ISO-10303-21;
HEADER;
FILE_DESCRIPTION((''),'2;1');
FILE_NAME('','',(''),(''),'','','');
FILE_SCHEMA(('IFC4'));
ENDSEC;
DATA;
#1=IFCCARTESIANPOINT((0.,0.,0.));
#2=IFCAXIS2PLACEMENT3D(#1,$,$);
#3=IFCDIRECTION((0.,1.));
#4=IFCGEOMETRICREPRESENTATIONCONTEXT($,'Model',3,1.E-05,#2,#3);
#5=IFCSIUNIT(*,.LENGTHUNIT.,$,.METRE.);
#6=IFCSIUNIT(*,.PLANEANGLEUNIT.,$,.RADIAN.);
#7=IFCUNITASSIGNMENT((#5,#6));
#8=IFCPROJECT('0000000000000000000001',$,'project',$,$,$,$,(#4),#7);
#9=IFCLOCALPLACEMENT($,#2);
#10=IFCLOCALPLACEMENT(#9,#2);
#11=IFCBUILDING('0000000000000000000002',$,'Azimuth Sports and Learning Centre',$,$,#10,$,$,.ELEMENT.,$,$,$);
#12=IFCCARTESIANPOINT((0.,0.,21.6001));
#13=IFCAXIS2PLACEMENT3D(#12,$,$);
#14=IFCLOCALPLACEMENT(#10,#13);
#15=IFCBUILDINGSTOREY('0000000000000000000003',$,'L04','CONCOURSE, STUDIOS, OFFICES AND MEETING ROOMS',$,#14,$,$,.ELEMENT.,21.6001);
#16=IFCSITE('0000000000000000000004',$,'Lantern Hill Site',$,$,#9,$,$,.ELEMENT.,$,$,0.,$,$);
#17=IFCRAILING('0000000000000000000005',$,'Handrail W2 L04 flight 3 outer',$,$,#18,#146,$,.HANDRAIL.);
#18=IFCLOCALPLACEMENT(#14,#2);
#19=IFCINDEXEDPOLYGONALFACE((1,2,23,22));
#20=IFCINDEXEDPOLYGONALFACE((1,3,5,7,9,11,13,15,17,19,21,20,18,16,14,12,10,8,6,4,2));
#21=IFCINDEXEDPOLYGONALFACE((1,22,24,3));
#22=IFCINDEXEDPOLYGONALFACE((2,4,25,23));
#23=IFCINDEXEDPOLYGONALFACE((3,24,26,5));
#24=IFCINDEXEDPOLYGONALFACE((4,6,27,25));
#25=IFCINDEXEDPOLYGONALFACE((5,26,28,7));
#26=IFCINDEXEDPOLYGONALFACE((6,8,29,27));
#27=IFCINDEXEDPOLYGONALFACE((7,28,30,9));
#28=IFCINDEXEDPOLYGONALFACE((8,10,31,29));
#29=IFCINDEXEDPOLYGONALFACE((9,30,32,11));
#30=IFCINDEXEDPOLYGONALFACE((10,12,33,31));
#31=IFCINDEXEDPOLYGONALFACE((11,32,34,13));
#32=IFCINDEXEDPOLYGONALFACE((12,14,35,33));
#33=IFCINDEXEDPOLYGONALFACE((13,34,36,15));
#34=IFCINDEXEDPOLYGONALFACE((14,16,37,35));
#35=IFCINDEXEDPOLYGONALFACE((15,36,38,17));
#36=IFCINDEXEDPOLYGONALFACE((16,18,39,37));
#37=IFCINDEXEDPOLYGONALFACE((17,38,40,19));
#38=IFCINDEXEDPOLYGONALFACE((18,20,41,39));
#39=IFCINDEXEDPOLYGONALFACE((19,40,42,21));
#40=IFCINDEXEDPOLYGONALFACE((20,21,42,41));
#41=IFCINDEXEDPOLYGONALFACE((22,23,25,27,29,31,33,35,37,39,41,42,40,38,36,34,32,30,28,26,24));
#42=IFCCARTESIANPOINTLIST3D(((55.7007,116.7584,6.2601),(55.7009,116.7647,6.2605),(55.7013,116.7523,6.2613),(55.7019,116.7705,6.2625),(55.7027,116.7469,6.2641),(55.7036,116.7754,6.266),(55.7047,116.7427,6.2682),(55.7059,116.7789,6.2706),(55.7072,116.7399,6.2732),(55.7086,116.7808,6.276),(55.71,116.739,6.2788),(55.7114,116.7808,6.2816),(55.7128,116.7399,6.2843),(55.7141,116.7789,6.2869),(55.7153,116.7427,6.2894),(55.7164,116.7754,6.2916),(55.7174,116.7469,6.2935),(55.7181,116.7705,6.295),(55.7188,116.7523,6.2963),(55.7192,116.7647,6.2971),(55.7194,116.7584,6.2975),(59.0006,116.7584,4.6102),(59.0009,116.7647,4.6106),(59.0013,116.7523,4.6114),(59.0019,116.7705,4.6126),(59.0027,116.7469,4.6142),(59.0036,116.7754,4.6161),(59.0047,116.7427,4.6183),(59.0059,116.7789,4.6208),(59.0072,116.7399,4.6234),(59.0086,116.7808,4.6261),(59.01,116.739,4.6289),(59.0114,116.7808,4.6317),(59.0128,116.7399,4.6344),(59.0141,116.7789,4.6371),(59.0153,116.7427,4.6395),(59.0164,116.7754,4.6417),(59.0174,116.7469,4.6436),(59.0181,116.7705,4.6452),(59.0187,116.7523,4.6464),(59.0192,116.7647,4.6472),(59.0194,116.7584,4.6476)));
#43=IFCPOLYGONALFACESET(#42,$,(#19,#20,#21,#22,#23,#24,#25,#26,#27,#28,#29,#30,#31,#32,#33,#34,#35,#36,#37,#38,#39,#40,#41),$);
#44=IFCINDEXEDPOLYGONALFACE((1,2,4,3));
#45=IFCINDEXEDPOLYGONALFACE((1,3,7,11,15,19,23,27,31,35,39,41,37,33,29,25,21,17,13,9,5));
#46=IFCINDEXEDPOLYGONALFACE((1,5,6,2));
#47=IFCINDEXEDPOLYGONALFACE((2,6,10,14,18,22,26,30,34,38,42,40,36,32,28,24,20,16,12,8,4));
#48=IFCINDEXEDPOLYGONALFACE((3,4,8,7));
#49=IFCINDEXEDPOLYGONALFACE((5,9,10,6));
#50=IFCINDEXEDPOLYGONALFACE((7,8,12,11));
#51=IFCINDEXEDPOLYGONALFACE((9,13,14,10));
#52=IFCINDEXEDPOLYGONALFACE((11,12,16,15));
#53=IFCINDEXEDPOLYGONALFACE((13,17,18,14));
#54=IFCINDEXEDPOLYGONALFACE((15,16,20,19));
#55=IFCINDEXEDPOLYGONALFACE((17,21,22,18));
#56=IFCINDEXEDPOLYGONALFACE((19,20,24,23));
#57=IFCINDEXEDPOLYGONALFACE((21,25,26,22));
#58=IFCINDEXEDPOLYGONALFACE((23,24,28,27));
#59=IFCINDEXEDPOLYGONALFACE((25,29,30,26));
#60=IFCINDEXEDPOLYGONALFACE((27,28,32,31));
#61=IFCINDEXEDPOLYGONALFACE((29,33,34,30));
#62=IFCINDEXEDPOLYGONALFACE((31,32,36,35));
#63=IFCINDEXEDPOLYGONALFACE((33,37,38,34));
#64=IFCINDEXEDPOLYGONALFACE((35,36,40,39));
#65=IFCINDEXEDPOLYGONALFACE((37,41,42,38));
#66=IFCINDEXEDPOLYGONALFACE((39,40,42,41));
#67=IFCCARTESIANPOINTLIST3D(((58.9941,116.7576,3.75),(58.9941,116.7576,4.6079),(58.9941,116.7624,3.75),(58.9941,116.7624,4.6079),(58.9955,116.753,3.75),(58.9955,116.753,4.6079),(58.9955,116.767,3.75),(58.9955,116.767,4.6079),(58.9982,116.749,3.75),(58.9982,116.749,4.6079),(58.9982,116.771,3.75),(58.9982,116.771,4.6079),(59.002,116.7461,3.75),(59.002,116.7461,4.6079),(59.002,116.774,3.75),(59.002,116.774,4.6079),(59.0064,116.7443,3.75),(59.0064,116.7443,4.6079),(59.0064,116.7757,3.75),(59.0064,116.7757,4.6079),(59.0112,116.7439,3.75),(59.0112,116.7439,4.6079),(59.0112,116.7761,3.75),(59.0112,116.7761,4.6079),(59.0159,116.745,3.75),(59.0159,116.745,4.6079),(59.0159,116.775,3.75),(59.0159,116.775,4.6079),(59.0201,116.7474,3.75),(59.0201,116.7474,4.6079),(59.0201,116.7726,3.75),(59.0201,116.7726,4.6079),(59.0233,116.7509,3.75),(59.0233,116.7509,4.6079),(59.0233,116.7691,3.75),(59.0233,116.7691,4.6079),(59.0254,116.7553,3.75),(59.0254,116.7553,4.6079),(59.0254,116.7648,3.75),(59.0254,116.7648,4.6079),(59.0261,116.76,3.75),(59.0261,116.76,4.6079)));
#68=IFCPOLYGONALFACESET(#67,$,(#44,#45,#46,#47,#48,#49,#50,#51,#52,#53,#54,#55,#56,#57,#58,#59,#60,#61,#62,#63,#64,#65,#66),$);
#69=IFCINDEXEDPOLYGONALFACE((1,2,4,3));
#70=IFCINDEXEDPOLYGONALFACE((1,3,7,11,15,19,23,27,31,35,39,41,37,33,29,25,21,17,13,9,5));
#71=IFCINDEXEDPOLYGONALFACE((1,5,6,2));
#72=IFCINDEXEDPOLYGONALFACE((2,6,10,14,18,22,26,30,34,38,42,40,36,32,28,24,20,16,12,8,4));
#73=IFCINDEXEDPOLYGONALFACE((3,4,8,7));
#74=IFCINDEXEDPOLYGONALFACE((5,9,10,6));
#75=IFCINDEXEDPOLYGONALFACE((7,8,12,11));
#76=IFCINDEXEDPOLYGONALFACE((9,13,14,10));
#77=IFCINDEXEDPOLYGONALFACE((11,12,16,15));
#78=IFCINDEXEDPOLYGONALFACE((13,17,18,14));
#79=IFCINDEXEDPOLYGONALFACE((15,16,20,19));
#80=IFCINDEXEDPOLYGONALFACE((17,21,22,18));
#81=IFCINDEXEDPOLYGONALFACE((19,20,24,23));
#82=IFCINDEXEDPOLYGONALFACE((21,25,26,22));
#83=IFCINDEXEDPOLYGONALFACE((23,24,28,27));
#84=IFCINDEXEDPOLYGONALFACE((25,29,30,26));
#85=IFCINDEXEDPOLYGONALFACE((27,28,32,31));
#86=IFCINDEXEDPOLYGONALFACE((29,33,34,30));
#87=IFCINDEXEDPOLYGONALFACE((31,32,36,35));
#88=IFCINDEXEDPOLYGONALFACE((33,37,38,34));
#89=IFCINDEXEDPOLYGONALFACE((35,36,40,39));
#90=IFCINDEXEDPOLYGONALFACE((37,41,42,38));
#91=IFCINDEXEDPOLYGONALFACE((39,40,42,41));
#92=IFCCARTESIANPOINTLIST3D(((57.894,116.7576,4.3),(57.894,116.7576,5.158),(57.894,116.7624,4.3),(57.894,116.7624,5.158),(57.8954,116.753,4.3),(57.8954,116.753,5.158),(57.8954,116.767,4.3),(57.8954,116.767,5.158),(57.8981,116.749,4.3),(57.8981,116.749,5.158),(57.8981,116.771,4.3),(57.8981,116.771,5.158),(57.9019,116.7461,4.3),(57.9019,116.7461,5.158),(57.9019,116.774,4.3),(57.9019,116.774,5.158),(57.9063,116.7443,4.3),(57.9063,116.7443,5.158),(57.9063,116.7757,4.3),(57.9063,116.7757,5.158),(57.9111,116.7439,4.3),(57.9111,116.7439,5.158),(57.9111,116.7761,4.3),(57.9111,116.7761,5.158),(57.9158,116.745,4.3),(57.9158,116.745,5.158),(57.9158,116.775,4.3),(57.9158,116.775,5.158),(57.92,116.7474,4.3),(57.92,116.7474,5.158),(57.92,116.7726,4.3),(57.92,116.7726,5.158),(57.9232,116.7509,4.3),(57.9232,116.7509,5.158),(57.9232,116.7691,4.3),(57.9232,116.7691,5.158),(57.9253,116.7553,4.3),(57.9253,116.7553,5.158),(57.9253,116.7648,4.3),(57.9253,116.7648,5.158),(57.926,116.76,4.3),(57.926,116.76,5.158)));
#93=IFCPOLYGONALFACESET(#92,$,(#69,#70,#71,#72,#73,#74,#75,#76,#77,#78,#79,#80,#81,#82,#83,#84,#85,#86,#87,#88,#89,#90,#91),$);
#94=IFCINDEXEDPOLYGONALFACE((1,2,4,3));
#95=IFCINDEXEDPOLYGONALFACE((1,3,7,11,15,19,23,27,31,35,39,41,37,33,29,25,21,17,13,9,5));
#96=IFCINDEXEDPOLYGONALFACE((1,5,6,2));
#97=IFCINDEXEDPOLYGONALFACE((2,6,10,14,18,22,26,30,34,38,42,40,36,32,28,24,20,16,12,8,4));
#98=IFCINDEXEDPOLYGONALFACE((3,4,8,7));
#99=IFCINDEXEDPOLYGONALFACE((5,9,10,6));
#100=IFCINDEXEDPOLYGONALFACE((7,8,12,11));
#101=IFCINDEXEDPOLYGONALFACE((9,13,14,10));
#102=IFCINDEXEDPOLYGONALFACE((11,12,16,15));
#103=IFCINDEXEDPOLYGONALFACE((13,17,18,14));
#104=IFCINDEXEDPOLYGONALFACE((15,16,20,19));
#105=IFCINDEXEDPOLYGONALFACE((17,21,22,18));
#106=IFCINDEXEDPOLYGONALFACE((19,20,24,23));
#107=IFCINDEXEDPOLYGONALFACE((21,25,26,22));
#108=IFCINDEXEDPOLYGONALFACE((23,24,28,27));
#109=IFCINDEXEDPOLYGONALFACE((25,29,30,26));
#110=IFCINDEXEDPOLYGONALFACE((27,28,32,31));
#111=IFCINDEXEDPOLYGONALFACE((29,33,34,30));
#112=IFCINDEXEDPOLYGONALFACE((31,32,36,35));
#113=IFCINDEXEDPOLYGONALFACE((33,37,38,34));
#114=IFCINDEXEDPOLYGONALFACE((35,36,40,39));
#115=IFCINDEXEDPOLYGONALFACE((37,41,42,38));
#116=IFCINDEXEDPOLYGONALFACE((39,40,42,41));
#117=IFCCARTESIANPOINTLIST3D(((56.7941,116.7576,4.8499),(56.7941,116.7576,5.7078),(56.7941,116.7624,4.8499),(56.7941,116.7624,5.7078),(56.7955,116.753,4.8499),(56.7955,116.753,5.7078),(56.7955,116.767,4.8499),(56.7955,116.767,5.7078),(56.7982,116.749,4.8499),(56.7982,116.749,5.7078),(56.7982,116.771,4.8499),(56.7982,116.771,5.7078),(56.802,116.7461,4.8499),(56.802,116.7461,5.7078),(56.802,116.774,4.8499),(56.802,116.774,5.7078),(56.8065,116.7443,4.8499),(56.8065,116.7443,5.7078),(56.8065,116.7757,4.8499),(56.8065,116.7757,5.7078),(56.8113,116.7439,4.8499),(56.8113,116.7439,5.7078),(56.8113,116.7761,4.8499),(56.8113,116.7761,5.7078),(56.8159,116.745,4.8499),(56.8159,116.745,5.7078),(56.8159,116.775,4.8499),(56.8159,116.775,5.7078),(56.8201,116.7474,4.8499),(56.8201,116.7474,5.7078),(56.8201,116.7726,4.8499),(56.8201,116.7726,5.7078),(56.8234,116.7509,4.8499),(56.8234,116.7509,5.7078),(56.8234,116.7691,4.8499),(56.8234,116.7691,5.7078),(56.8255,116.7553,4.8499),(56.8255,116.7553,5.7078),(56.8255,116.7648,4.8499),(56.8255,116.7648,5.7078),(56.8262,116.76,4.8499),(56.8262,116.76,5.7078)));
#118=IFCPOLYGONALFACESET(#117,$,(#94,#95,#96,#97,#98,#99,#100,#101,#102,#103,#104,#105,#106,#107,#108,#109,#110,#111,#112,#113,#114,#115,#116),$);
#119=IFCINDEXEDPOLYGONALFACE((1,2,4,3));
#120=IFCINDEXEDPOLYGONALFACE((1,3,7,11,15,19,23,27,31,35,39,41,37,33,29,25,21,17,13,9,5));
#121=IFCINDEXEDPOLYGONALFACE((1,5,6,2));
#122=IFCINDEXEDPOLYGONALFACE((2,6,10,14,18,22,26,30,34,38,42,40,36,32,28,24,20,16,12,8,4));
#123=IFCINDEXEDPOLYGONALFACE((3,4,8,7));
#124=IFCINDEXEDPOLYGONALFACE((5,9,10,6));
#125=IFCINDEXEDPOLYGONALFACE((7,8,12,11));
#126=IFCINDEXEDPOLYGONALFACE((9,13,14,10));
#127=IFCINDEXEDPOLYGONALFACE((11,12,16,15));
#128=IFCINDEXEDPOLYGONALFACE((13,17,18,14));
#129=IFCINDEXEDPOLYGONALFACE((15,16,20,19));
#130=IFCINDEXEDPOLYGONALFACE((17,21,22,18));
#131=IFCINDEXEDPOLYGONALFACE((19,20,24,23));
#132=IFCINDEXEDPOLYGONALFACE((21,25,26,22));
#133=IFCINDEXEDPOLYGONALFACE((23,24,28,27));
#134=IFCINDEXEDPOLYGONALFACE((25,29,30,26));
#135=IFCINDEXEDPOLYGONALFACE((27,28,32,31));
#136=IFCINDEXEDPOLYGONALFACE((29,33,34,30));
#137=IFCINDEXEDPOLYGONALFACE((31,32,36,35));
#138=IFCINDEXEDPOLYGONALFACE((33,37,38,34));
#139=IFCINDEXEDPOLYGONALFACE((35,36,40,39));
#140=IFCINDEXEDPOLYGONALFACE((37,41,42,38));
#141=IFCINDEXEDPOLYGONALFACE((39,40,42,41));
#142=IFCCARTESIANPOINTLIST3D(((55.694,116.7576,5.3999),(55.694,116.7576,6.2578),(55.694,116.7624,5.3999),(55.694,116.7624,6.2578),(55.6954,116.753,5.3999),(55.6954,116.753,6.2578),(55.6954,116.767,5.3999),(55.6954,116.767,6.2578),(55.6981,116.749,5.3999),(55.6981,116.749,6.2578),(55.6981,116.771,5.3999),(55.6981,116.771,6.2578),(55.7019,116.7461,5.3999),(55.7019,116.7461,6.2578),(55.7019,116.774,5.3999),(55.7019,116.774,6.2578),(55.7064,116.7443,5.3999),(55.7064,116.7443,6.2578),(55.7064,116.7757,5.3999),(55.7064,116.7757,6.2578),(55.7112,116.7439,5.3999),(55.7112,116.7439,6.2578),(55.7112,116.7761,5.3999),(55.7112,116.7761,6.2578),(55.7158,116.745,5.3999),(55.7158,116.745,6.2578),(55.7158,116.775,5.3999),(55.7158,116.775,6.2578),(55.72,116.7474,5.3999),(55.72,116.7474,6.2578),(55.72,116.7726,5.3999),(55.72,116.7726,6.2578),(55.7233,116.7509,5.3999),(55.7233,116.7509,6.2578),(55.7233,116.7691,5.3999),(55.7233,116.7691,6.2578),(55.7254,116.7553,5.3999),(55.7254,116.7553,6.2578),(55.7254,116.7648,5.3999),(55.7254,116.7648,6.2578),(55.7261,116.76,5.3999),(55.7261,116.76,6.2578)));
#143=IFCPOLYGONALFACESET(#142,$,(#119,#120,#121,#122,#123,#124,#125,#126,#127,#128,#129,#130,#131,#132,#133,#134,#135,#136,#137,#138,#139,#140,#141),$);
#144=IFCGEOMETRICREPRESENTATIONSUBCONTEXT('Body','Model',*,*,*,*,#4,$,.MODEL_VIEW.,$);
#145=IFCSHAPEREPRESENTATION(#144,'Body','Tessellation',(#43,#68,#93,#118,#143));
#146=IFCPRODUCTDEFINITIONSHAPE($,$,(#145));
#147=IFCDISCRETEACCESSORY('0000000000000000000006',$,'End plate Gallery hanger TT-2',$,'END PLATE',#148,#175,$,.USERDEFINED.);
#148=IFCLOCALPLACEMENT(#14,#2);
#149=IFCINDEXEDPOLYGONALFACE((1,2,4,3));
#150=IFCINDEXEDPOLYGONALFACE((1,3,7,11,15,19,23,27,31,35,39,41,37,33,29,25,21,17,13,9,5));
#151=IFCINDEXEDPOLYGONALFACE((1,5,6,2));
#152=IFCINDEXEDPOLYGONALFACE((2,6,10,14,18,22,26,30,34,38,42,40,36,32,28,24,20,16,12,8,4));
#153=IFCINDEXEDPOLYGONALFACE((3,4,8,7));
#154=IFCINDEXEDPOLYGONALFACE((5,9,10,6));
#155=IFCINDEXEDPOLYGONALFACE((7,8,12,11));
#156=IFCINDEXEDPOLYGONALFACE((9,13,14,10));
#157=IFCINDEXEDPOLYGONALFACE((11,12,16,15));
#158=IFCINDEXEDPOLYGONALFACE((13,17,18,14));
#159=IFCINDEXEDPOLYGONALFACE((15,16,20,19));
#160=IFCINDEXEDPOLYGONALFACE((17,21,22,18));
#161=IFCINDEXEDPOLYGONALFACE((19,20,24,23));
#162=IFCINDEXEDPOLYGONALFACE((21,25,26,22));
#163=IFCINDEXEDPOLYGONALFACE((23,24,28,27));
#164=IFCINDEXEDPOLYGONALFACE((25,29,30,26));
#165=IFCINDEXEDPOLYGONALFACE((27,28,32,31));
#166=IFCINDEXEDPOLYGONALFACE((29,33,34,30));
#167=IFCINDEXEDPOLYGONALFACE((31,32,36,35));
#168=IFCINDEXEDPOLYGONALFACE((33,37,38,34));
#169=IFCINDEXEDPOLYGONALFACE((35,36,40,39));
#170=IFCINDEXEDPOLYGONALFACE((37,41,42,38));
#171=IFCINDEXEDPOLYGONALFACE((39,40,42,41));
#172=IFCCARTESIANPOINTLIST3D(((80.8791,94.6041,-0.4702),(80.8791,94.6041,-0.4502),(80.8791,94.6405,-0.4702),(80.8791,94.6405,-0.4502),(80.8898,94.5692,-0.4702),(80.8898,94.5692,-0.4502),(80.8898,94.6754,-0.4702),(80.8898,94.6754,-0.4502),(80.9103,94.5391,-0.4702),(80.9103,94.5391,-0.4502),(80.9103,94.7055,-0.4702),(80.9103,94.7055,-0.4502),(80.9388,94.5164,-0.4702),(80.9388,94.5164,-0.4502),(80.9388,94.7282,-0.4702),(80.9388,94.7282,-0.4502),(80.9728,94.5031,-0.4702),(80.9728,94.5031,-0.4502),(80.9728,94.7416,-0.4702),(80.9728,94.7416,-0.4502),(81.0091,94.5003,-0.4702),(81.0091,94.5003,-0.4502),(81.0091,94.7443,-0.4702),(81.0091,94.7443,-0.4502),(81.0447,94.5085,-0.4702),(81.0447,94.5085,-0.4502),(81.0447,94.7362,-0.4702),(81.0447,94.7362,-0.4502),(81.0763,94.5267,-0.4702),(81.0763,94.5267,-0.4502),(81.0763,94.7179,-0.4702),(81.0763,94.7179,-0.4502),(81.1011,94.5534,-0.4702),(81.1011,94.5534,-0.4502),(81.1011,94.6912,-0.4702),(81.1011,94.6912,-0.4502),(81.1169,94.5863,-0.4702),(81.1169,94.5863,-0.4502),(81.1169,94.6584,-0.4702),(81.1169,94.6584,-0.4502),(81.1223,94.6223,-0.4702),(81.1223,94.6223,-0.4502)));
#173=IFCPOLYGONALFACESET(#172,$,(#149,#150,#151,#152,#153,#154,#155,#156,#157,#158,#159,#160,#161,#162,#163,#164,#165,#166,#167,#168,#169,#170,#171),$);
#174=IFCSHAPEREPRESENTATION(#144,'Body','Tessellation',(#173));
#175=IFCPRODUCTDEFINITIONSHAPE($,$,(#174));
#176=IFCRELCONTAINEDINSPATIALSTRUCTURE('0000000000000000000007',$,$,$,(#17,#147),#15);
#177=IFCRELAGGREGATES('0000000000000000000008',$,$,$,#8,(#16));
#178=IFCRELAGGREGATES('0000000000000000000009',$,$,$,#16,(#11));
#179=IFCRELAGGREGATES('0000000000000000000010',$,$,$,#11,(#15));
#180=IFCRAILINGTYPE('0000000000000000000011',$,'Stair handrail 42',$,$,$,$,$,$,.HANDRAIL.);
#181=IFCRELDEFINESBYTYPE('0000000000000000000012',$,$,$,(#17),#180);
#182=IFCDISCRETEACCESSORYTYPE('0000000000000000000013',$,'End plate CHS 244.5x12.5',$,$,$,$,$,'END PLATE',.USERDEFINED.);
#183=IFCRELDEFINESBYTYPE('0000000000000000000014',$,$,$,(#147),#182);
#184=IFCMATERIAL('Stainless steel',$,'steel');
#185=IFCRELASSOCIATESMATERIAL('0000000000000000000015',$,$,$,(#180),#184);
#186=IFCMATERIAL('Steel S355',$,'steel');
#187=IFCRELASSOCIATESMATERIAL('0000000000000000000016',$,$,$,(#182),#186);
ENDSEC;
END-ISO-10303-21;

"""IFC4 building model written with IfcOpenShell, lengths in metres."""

from ifc_helpers import new_model, si_unit, direction, frame, origin, origin_2d, place, context, subcontext, project, spatial, circle, extrude, material, material_profile, profile_set, type_object, element, save


model = new_model("IFC4")

# Units and contexts
model_context = context("Model", 3, precision=1e-05, world=origin(), true_north=direction((0.0, 1.0)))
body_context = subcontext(model_context, "Body", "Model", "MODEL_VIEW")
ifc_project = project(units=[si_unit("LENGTHUNIT", "METRE"), si_unit("PLANEANGLEUNIT", "RADIAN")], contexts=[model_context])

# Site, building, storey
site_placement = place(None, origin())
site = spatial("IfcSite", under=ifc_project, at=site_placement, Name="Lantern Hill Site", CompositionType="ELEMENT", RefElevation=0.0)
building_placement = place(site_placement, origin())
building = spatial("IfcBuilding", under=site, at=building_placement, Name="Azimuth Sports and Learning Centre", CompositionType="ELEMENT")
storey_placement = place(building_placement, frame((0.0, 0.0, 21.6001)))
storey = spatial("IfcBuildingStorey", under=building, at=storey_placement, Name="L04", Description="CONCOURSE, STUDIOS, OFFICES AND MEETING ROOMS", CompositionType="ELEMENT", Elevation=21.6001)

# Railing
ifc_material_1 = material(Name="Stainless steel", Category="steel")
railing_type = type_object("IfcRailingType", Name="Stair handrail 42", PredefinedType="HANDRAIL", material=ifc_material_1)
for number, where, name in (
    (1, (59.01, 116.76, 3.75), "Handrail W2 L04 flight 3 outer"),
):
    element("IfcRailing", number, at=place(storey_placement, frame(where)), inside=storey, type_object=railing_type, Name=name, PredefinedType="HANDRAIL", context=body_context, shape_type="SweptSolid", body=[
        extrude(circle(Radius=0.021, at=origin_2d()), frame((0.0, 0.0, 0.8789), z_axis=(-0.89444, 0.0, 0.447187), x_axis=(0.0, -1.0, 0.0)), (0.0, 0.0, 1.0), 3.6895),
        extrude(circle(Radius=0.0161, at=origin_2d()), origin(), (0.0, 0.0, 1.0), 0.8579),
        extrude(circle(Radius=0.0161, at=origin_2d()), frame((-1.1001, 0.0, 0.55)), (0.0, 0.0, 1.0), 0.8579),
        extrude(circle(Radius=0.0161, at=origin_2d()), frame((-2.2, 0.0, 1.0999)), (0.0, 0.0, 1.0), 0.8579),
        extrude(circle(Radius=0.0161, at=origin_2d()), frame((-3.3, 0.0, 1.6499)), (0.0, 0.0, 1.0), 0.8579),
    ])

# Discrete accessory
ifc_material_2 = material(Name="Steel S355", Category="steel")
ifc_material_profile_1 = material_profile(ifc_material_2, circle(Radius=0.1223, at=origin_2d()), Name="PL 244 DISC")
ifc_profile_set_1 = profile_set([ifc_material_profile_1], Name="Steel S355")
discrete_accessory_type_1 = type_object("IfcDiscreteAccessoryType", Name="End plate CHS 244.5x12.5", ElementType="END PLATE", PredefinedType="USERDEFINED", material=ifc_profile_set_1)
discrete_accessory_placement = place(storey_placement, frame((81.0, 94.6223, -0.4502), z_axis=(0.0, 0.0, -1.0), x_axis=(1.0, 0.0, 0.0)))
element("IfcDiscreteAccessory", 2, at=discrete_accessory_placement, inside=storey, type_object=discrete_accessory_type_1, Name="End plate Gallery hanger TT-2", ObjectType="END PLATE", PredefinedType="USERDEFINED", context=body_context, shape_type="SweptSolid", body=[
    extrude(circle(Radius=0.1223, at=origin_2d()), origin(), (0.0, 0.0, 1.0), 0.02),
])

save(model, "model.ifc")
